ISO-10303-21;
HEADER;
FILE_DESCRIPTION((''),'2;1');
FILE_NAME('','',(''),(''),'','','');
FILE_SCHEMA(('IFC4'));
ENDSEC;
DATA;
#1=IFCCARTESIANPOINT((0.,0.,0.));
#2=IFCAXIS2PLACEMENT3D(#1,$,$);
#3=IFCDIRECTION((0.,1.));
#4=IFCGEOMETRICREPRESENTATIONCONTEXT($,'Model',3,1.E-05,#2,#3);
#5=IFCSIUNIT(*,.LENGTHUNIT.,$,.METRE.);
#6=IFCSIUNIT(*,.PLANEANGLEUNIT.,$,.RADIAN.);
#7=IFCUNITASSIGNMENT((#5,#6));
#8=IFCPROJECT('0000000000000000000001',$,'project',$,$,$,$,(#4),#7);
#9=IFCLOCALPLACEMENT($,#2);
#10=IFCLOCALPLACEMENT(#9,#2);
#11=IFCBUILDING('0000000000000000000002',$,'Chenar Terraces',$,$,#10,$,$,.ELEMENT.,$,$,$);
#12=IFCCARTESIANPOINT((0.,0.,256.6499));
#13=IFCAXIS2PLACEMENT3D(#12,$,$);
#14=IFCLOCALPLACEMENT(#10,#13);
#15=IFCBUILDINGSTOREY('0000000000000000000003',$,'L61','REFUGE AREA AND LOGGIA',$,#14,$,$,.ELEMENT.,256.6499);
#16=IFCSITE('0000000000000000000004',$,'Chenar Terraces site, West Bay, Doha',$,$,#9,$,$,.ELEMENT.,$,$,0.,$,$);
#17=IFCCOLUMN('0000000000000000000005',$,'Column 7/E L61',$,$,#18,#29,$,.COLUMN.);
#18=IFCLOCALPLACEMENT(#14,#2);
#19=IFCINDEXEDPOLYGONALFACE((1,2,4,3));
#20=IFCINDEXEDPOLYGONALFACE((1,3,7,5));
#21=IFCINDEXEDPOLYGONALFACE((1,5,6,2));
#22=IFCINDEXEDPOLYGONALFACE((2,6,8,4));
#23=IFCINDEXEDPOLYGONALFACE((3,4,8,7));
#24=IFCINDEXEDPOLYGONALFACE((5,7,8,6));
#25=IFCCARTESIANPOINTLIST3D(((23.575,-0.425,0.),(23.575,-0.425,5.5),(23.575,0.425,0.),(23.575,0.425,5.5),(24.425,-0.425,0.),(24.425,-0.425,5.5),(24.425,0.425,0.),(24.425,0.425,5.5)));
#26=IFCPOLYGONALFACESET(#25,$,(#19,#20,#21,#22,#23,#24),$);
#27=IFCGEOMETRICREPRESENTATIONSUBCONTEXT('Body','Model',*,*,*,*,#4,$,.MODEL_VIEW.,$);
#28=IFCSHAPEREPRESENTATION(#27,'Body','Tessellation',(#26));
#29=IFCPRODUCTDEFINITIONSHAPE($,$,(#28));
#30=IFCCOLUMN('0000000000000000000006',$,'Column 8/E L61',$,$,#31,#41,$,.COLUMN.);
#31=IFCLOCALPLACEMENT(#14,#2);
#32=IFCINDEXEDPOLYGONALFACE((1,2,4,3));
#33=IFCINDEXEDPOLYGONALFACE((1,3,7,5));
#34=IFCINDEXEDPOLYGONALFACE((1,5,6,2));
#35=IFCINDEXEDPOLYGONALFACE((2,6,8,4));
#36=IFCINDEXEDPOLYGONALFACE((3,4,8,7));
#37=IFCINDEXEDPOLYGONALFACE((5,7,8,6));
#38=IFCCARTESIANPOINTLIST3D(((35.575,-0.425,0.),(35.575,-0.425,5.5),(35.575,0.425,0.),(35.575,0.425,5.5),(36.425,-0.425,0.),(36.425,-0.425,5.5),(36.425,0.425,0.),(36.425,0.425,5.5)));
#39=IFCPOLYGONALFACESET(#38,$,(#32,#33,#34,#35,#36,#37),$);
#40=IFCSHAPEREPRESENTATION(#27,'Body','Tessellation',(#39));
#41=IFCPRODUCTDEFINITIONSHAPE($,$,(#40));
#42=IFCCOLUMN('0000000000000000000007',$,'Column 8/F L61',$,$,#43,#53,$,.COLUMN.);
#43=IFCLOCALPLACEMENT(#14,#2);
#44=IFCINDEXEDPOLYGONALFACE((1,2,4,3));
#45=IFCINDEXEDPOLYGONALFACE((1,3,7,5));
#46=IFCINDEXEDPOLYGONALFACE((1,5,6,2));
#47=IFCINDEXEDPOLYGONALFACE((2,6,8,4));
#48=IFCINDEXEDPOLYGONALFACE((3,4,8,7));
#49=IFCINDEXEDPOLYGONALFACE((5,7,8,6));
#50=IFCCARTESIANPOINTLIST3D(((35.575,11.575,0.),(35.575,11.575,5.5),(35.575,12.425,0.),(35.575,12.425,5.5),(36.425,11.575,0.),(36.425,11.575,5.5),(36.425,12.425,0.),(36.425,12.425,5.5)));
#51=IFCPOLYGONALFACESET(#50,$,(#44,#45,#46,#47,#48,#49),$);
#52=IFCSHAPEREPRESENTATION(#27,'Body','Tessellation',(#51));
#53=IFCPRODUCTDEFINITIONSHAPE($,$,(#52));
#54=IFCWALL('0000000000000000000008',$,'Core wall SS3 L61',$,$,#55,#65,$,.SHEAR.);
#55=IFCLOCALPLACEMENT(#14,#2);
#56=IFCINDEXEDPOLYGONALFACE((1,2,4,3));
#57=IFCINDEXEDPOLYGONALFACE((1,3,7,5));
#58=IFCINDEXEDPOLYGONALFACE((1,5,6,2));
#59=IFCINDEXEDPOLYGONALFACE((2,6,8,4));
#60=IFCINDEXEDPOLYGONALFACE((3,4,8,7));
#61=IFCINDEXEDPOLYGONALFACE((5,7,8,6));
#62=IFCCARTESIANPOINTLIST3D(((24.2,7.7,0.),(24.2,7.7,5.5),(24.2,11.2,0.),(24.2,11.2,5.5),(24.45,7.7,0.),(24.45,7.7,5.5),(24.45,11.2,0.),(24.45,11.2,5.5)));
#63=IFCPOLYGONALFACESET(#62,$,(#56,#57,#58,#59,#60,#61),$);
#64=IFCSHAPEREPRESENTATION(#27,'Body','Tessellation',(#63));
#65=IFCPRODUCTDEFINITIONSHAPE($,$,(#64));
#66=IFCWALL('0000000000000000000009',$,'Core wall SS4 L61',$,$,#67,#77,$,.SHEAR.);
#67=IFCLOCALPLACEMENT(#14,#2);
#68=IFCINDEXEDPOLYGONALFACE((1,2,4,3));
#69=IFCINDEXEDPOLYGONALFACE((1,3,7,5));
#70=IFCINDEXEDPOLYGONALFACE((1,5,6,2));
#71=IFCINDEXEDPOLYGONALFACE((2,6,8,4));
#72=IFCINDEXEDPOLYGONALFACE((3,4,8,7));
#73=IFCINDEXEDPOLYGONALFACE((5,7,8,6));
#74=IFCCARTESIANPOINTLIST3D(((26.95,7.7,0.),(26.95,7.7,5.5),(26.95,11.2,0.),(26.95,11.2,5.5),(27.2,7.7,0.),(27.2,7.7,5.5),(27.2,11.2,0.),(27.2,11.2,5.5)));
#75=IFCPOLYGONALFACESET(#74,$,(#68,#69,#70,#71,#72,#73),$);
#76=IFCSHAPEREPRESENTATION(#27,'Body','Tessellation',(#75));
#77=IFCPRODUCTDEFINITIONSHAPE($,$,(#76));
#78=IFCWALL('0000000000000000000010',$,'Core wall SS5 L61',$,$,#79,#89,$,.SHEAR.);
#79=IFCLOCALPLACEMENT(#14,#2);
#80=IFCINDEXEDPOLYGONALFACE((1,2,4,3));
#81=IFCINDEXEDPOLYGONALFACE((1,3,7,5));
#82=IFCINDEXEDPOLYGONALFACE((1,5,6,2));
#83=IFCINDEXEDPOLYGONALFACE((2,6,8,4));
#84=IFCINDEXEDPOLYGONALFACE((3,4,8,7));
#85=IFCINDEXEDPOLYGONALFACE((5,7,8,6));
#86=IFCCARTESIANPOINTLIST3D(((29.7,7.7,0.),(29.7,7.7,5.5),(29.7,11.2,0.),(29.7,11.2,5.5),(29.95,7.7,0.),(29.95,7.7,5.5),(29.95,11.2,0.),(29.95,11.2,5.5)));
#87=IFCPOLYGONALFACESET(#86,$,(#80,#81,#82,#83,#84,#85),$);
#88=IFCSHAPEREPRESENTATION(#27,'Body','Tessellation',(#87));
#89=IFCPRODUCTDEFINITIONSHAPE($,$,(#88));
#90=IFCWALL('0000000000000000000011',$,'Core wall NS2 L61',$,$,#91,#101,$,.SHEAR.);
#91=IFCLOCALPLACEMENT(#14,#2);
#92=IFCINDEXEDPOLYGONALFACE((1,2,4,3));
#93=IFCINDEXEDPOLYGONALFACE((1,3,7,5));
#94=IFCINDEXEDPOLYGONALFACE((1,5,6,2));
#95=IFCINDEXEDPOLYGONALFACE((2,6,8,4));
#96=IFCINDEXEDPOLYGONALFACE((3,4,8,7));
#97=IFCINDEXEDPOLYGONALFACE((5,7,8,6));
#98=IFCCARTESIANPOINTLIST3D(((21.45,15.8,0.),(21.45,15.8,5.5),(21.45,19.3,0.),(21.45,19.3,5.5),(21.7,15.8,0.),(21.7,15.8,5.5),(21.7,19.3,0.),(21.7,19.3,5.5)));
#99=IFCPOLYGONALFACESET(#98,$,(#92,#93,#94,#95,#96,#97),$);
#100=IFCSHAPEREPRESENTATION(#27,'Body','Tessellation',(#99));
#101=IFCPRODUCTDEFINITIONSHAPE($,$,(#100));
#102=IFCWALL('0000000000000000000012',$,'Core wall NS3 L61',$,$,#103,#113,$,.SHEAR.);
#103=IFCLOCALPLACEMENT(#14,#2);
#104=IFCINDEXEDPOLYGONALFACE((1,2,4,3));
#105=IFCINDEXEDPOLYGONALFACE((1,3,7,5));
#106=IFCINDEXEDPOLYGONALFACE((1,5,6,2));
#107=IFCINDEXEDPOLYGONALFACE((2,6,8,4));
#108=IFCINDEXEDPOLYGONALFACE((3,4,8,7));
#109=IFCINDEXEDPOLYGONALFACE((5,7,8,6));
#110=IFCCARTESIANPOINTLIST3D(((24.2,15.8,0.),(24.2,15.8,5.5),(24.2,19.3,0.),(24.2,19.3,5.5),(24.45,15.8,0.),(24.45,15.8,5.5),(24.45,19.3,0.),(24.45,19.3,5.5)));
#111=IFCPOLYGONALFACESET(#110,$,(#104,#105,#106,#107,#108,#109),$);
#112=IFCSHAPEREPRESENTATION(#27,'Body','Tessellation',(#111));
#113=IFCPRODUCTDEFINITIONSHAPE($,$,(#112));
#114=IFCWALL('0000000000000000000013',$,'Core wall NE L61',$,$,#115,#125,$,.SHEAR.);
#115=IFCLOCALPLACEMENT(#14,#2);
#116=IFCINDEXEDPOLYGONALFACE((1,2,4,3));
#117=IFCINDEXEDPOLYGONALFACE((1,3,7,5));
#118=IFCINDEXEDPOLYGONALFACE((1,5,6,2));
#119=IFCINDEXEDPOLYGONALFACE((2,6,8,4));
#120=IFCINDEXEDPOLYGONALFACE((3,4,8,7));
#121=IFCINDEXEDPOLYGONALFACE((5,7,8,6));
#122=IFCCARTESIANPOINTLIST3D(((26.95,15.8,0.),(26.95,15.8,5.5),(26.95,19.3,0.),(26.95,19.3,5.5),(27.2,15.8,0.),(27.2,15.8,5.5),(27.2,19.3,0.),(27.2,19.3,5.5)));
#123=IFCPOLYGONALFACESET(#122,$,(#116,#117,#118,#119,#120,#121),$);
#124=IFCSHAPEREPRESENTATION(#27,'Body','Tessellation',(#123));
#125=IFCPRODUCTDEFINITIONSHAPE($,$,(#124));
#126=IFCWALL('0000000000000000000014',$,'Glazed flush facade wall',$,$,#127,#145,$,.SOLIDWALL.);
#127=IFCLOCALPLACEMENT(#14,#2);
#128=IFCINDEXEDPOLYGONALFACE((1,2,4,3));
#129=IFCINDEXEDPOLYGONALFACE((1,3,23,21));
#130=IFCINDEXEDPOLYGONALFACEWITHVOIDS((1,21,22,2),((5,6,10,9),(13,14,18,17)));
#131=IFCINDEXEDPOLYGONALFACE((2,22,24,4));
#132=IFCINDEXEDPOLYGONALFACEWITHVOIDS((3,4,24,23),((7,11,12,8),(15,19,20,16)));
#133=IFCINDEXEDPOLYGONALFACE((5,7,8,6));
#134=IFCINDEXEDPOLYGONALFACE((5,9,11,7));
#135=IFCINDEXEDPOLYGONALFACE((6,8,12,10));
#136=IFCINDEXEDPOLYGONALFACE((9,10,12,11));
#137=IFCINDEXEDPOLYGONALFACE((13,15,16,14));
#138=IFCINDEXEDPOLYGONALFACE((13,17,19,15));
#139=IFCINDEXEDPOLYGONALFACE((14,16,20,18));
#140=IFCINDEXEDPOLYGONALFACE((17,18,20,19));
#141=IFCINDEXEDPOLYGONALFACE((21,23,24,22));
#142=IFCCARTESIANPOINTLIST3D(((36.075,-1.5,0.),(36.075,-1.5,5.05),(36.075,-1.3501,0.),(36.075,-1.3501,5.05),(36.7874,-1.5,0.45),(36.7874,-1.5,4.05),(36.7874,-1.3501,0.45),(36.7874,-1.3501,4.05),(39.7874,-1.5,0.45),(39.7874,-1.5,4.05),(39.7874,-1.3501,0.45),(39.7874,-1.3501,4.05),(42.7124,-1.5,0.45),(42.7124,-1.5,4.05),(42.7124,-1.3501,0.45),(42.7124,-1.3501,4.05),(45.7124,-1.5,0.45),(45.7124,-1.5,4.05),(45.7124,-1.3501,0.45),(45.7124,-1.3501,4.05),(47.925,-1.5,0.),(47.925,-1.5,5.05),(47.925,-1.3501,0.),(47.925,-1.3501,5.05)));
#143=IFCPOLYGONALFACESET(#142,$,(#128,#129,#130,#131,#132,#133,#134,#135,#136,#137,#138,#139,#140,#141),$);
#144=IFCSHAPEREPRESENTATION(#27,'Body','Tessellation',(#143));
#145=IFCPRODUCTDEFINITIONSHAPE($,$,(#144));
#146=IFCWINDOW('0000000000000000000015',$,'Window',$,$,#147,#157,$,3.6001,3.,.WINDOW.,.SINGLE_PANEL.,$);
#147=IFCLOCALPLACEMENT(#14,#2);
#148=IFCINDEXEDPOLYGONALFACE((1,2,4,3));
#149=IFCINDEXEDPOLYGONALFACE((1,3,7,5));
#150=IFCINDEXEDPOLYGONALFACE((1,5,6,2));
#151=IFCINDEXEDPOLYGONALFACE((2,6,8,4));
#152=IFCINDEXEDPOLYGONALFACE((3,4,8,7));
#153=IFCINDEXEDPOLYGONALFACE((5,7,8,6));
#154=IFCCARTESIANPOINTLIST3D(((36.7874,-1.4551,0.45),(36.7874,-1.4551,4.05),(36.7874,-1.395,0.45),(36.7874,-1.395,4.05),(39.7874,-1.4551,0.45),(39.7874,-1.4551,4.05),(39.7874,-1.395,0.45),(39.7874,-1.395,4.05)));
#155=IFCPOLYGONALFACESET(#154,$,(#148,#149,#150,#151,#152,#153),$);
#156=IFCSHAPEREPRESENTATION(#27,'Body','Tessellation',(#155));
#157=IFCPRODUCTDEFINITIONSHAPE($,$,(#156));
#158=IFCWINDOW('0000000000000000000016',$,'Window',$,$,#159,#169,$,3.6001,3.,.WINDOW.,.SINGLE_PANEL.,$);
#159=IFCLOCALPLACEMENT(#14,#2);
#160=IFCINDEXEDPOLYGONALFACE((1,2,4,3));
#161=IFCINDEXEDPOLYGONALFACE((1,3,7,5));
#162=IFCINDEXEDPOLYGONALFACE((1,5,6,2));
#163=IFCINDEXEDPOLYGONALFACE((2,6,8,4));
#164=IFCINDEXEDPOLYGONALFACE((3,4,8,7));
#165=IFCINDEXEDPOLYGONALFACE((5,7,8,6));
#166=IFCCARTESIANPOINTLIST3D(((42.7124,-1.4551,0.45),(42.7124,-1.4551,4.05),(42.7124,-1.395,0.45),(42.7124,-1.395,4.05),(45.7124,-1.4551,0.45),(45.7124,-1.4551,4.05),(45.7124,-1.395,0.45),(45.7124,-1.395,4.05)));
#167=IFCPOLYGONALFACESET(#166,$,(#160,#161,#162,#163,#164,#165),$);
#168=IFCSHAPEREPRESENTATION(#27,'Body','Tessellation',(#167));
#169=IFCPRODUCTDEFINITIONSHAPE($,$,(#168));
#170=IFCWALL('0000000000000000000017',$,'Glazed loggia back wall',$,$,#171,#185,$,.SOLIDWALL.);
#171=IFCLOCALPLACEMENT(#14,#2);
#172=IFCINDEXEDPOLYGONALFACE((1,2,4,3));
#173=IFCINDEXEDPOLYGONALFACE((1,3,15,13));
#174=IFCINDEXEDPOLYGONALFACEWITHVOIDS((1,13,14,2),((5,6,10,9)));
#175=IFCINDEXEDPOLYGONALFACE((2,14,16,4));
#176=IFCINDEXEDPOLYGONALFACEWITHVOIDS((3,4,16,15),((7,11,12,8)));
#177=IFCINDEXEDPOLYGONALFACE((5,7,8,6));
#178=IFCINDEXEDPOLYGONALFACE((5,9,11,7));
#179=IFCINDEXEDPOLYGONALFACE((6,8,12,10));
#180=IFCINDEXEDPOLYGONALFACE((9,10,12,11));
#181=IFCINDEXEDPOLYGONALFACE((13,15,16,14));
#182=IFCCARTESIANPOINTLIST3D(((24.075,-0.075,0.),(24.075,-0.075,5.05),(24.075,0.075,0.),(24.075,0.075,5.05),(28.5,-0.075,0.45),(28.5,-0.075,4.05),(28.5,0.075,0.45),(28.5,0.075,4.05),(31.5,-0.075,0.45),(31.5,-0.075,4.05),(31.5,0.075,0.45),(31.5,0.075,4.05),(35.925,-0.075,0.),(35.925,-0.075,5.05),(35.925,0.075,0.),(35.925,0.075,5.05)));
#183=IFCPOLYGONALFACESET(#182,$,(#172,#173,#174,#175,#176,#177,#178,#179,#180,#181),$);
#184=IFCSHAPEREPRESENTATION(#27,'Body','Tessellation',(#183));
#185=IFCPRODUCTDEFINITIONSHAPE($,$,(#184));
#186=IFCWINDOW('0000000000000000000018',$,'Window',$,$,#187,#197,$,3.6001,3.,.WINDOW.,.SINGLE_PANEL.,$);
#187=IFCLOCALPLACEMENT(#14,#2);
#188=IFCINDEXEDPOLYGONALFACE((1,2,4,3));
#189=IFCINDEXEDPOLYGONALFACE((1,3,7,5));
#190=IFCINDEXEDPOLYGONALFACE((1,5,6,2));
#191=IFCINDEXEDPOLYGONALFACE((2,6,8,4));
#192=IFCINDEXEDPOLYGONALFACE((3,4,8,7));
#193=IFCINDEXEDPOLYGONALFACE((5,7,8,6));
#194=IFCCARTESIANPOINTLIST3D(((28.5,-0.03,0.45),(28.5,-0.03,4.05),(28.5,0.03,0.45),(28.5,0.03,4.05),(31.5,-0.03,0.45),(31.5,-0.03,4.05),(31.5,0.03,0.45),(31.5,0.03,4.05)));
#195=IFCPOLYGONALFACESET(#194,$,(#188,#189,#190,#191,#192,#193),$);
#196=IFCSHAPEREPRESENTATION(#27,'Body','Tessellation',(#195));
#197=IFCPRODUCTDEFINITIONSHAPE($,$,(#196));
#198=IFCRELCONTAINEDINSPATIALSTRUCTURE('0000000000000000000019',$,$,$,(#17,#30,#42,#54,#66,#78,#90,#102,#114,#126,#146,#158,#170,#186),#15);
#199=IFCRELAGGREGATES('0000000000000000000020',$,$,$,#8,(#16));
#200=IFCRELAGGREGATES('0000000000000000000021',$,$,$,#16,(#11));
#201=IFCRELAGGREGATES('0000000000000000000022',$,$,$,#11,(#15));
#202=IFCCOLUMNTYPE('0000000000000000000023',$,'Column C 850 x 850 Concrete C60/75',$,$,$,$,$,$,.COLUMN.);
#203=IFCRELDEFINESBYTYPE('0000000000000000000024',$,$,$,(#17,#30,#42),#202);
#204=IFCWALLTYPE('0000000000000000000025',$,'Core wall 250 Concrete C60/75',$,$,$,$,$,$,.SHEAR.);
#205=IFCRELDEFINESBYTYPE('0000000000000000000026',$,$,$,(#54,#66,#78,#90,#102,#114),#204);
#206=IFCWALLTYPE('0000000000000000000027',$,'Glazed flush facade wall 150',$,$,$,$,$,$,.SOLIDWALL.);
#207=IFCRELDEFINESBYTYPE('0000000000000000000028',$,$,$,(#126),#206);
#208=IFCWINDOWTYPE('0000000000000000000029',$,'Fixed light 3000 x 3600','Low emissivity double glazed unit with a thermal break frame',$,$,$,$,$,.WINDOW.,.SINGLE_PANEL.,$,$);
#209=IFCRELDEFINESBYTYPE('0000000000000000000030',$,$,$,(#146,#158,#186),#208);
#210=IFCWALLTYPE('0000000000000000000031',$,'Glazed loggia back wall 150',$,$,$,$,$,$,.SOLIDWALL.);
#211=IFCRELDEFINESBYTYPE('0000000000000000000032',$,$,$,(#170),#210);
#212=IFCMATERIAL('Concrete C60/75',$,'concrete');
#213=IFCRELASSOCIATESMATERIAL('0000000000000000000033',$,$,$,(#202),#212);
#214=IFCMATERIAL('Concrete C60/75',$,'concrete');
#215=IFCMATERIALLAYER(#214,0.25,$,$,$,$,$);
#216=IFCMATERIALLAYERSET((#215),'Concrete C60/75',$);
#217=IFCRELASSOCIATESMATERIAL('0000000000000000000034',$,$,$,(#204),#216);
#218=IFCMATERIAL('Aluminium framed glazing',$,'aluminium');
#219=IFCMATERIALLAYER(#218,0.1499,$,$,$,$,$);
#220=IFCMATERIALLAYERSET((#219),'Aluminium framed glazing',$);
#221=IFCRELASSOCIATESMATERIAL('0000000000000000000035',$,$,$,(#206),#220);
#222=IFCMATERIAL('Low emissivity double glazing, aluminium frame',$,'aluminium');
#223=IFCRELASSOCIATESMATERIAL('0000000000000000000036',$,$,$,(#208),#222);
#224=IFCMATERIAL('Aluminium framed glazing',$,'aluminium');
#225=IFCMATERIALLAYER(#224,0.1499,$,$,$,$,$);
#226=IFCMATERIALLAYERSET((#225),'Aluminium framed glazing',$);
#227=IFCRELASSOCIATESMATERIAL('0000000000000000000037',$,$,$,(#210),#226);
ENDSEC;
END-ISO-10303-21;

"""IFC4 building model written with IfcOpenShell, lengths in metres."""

from ifc_helpers import new_model, si_unit, direction, frame, frame_2d, origin, origin_2d, place, context, subcontext, project, spatial, rectangle, extrude, material, layer, layer_set, material_profile, profile_set, type_object, element, fill, save


model = new_model("IFC4")

# Units and contexts
model_context = context("Model", 3, precision=1e-05, world=origin(), true_north=direction((0.0, 1.0)))
body_context = subcontext(model_context, "Body", "Model", "MODEL_VIEW")
ifc_project = project(units=[si_unit("LENGTHUNIT", "METRE"), si_unit("PLANEANGLEUNIT", "RADIAN")], contexts=[model_context])

# Site, building, storey
site_placement = place(None, origin())
site = spatial("IfcSite", under=ifc_project, at=site_placement, Name="Chenar Terraces site, West Bay, Doha", CompositionType="ELEMENT", RefElevation=0.0)
building_placement = place(site_placement, origin())
building = spatial("IfcBuilding", under=site, at=building_placement, Name="Chenar Terraces", CompositionType="ELEMENT")
storey_placement = place(building_placement, frame((0.0, 0.0, 256.6499)))
storey = spatial("IfcBuildingStorey", under=building, at=storey_placement, Name="L61", Description="REFUGE AREA AND LOGGIA", CompositionType="ELEMENT", Elevation=256.6499)

# Columns
ifc_material_1 = material(Name="Concrete C60/75", Category="concrete")
ifc_material_profile_1 = material_profile(ifc_material_1, rectangle(XDim=0.8501, YDim=0.8501, at=origin_2d()), Name="C 850 x 850")
ifc_profile_set_1 = profile_set([ifc_material_profile_1], Name="Concrete C60/75")
column_type = type_object("IfcColumnType", Name="Column C 850 x 850 Concrete C60/75", PredefinedType="COLUMN", material=ifc_profile_set_1)
for number, where, z_axis, x_axis, name in (
    (1, (24.0, 0.0, 0.0), (0.0, 0.0, 1.0), (1.0, 0.0, 0.0), "Column 7/E L61"),
    (2, (36.0, 0.0, 0.0), (0.0, 0.0, 1.0), (1.0, 0.0, 0.0), "Column 8/E L61"),
    (3, (36.0, 12.0, 0.0), (0.0, 0.0, 1.0), (1.0, 0.0, 0.0), "Column 8/F L61"),
):
    element("IfcColumn", number, at=place(storey_placement, frame(where, z_axis=z_axis, x_axis=x_axis)), inside=storey, type_object=column_type, Name=name, PredefinedType="COLUMN", context=body_context, shape_type="SweptSolid", body=[
        extrude(rectangle(XDim=0.8501, YDim=0.8501, at=origin_2d()), origin(), (0.0, 0.0, 1.0), 5.5),
    ])

# Walls
ifc_material_2 = material(Name="Concrete C60/75", Category="concrete")
ifc_layer_1 = layer(ifc_material_2, 0.25)
ifc_layer_set_1 = layer_set([ifc_layer_1], Name="Concrete C60/75")
wall_type_1 = type_object("IfcWallType", Name="Core wall 250 Concrete C60/75", PredefinedType="SHEAR", material=ifc_layer_set_1)
for number, where, z_axis, x_axis, name in (
    (4, (24.325, 7.7, 0.0), (0.0, 0.0, 1.0), (0.0, 1.0, 0.0), "Core wall SS3 L61"),
    (5, (27.075, 7.7, 0.0), (0.0, 0.0, 1.0), (0.0, 1.0, 0.0), "Core wall SS4 L61"),
    (6, (29.825, 7.7, 0.0), (0.0, 0.0, 1.0), (0.0, 1.0, 0.0), "Core wall SS5 L61"),
    (7, (21.575, 15.8, 0.0), (0.0, 0.0, 1.0), (0.0, 1.0, 0.0), "Core wall NS2 L61"),
    (8, (24.325, 15.8, 0.0), (0.0, 0.0, 1.0), (0.0, 1.0, 0.0), "Core wall NS3 L61"),
    (9, (27.075, 15.8, 0.0), (0.0, 0.0, 1.0), (0.0, 1.0, 0.0), "Core wall NE L61"),
):
    element("IfcWall", number, at=place(storey_placement, frame(where, z_axis=z_axis, x_axis=x_axis)), inside=storey, type_object=wall_type_1, Name=name, PredefinedType="SHEAR", context=body_context, shape_type="SweptSolid", body=[
        extrude(rectangle(XDim=3.5, YDim=0.25, at=frame_2d((1.75, 0.0))), origin(), (0.0, 0.0, 1.0), 5.5),
    ])

# Wall, openings, windows
ifc_material_3 = material(Name="Aluminium framed glazing", Category="aluminium")
ifc_layer_2 = layer(ifc_material_3, 0.1499)
ifc_layer_set_2 = layer_set([ifc_layer_2], Name="Aluminium framed glazing")
wall_type_2 = type_object("IfcWallType", Name="Glazed flush facade wall 150", PredefinedType="SOLIDWALL", material=ifc_layer_set_2)
wall_1_placement = place(storey_placement, frame((36.075, -1.425, 0.0), z_axis=(0.0, 0.0, 1.0), x_axis=(1.0, 0.0, 0.0)))
wall_1 = element("IfcWall", 10, at=wall_1_placement, inside=storey, type_object=wall_type_2, Name="Glazed flush facade wall", PredefinedType="SOLIDWALL", context=body_context, shape_type="SweptSolid", body=[
    extrude(rectangle(XDim=11.8501, YDim=0.1499, at=frame_2d((5.925, 0.0))), origin(), (0.0, 0.0, 1.0), 5.05),
])
opening_1_placement = place(wall_1_placement, frame((0.7124, 0.0, 0.45)))
opening_1 = element("IfcOpeningElement", 11, at=opening_1_placement, cuts=wall_1, PredefinedType="OPENING", context=body_context, shape_type="SweptSolid", body=[
    extrude(rectangle(XDim=3.0, YDim=3.6001, at=frame_2d((1.5, 1.8))), frame((0.0, 0.085, 0.0), z_axis=(0.0, -1.0, 0.0), x_axis=(1.0, 0.0, 0.0)), (0.0, 0.0, 1.0), 0.1699),
])
opening_2_placement = place(wall_1_placement, frame((6.6375, 0.0, 0.45)))
opening_2 = element("IfcOpeningElement", 12, at=opening_2_placement, cuts=wall_1, PredefinedType="OPENING", context=body_context, shape_type="SweptSolid", body=[
    extrude(rectangle(XDim=3.0, YDim=3.6001, at=frame_2d((1.5, 1.8))), frame((0.0, 0.085, 0.0), z_axis=(0.0, -1.0, 0.0), x_axis=(1.0, 0.0, 0.0)), (0.0, 0.0, 1.0), 0.1699),
])
ifc_material_4 = material(Name="Low emissivity double glazing, aluminium frame", Category="aluminium")
window_type = type_object("IfcWindowType", Name="Fixed light 3000 x 3600", Description="Low emissivity double glazed unit with a thermal break frame", PartitioningType="SINGLE_PANEL", PredefinedType="WINDOW", material=ifc_material_4)
window_1_placement = place(opening_1_placement, origin())
window_1 = element("IfcWindow", 13, at=window_1_placement, inside=storey, type_object=window_type, Name="Window", OverallHeight=3.6001, OverallWidth=3.0, PartitioningType="SINGLE_PANEL", PredefinedType="WINDOW", context=body_context, shape_type="SweptSolid", body=[
    extrude(rectangle(XDim=3.0, YDim=3.6001, at=frame_2d((1.5, 1.8))), frame((0.0, 0.03, 0.0), z_axis=(0.0, -1.0, 0.0), x_axis=(1.0, 0.0, 0.0)), (0.0, 0.0, 1.0), 0.0601),
])
fill(opening_1, window_1)
window_2_placement = place(opening_2_placement, origin())
window_2 = element("IfcWindow", 14, at=window_2_placement, inside=storey, type_object=window_type, Name="Window", OverallHeight=3.6001, OverallWidth=3.0, PartitioningType="SINGLE_PANEL", PredefinedType="WINDOW", context=body_context, shape_type="SweptSolid", body=[
    extrude(rectangle(XDim=3.0, YDim=3.6001, at=frame_2d((1.5, 1.8))), frame((0.0, 0.03, 0.0), z_axis=(0.0, -1.0, 0.0), x_axis=(1.0, 0.0, 0.0)), (0.0, 0.0, 1.0), 0.0601),
])
fill(opening_2, window_2)

# Wall, opening, window
ifc_material_5 = material(Name="Aluminium framed glazing", Category="aluminium")
ifc_layer_3 = layer(ifc_material_5, 0.1499)
ifc_layer_set_3 = layer_set([ifc_layer_3], Name="Aluminium framed glazing")
wall_type_3 = type_object("IfcWallType", Name="Glazed loggia back wall 150", PredefinedType="SOLIDWALL", material=ifc_layer_set_3)
wall_2_placement = place(storey_placement, frame((24.075, 0.0, 0.0), z_axis=(0.0, 0.0, 1.0), x_axis=(1.0, 0.0, 0.0)))
wall_2 = element("IfcWall", 15, at=wall_2_placement, inside=storey, type_object=wall_type_3, Name="Glazed loggia back wall", PredefinedType="SOLIDWALL", context=body_context, shape_type="SweptSolid", body=[
    extrude(rectangle(XDim=11.8501, YDim=0.1499, at=frame_2d((5.925, 0.0))), origin(), (0.0, 0.0, 1.0), 5.05),
])
opening_3_placement = place(wall_2_placement, frame((4.425, 0.0, 0.45)))
opening_3 = element("IfcOpeningElement", 16, at=opening_3_placement, cuts=wall_2, PredefinedType="OPENING", context=body_context, shape_type="SweptSolid", body=[
    extrude(rectangle(XDim=3.0, YDim=3.6001, at=frame_2d((1.5, 1.8))), frame((0.0, 0.085, 0.0), z_axis=(0.0, -1.0, 0.0), x_axis=(1.0, 0.0, 0.0)), (0.0, 0.0, 1.0), 0.1699),
])
window_3_placement = place(opening_3_placement, origin())
window_3 = element("IfcWindow", 17, at=window_3_placement, inside=storey, type_object=window_type, Name="Window", OverallHeight=3.6001, OverallWidth=3.0, PartitioningType="SINGLE_PANEL", PredefinedType="WINDOW", context=body_context, shape_type="SweptSolid", body=[
    extrude(rectangle(XDim=3.0, YDim=3.6001, at=frame_2d((1.5, 1.8))), frame((0.0, 0.03, 0.0), z_axis=(0.0, -1.0, 0.0), x_axis=(1.0, 0.0, 0.0)), (0.0, 0.0, 1.0), 0.0601),
])
fill(opening_3, window_3)

save(model, "model.ifc")
